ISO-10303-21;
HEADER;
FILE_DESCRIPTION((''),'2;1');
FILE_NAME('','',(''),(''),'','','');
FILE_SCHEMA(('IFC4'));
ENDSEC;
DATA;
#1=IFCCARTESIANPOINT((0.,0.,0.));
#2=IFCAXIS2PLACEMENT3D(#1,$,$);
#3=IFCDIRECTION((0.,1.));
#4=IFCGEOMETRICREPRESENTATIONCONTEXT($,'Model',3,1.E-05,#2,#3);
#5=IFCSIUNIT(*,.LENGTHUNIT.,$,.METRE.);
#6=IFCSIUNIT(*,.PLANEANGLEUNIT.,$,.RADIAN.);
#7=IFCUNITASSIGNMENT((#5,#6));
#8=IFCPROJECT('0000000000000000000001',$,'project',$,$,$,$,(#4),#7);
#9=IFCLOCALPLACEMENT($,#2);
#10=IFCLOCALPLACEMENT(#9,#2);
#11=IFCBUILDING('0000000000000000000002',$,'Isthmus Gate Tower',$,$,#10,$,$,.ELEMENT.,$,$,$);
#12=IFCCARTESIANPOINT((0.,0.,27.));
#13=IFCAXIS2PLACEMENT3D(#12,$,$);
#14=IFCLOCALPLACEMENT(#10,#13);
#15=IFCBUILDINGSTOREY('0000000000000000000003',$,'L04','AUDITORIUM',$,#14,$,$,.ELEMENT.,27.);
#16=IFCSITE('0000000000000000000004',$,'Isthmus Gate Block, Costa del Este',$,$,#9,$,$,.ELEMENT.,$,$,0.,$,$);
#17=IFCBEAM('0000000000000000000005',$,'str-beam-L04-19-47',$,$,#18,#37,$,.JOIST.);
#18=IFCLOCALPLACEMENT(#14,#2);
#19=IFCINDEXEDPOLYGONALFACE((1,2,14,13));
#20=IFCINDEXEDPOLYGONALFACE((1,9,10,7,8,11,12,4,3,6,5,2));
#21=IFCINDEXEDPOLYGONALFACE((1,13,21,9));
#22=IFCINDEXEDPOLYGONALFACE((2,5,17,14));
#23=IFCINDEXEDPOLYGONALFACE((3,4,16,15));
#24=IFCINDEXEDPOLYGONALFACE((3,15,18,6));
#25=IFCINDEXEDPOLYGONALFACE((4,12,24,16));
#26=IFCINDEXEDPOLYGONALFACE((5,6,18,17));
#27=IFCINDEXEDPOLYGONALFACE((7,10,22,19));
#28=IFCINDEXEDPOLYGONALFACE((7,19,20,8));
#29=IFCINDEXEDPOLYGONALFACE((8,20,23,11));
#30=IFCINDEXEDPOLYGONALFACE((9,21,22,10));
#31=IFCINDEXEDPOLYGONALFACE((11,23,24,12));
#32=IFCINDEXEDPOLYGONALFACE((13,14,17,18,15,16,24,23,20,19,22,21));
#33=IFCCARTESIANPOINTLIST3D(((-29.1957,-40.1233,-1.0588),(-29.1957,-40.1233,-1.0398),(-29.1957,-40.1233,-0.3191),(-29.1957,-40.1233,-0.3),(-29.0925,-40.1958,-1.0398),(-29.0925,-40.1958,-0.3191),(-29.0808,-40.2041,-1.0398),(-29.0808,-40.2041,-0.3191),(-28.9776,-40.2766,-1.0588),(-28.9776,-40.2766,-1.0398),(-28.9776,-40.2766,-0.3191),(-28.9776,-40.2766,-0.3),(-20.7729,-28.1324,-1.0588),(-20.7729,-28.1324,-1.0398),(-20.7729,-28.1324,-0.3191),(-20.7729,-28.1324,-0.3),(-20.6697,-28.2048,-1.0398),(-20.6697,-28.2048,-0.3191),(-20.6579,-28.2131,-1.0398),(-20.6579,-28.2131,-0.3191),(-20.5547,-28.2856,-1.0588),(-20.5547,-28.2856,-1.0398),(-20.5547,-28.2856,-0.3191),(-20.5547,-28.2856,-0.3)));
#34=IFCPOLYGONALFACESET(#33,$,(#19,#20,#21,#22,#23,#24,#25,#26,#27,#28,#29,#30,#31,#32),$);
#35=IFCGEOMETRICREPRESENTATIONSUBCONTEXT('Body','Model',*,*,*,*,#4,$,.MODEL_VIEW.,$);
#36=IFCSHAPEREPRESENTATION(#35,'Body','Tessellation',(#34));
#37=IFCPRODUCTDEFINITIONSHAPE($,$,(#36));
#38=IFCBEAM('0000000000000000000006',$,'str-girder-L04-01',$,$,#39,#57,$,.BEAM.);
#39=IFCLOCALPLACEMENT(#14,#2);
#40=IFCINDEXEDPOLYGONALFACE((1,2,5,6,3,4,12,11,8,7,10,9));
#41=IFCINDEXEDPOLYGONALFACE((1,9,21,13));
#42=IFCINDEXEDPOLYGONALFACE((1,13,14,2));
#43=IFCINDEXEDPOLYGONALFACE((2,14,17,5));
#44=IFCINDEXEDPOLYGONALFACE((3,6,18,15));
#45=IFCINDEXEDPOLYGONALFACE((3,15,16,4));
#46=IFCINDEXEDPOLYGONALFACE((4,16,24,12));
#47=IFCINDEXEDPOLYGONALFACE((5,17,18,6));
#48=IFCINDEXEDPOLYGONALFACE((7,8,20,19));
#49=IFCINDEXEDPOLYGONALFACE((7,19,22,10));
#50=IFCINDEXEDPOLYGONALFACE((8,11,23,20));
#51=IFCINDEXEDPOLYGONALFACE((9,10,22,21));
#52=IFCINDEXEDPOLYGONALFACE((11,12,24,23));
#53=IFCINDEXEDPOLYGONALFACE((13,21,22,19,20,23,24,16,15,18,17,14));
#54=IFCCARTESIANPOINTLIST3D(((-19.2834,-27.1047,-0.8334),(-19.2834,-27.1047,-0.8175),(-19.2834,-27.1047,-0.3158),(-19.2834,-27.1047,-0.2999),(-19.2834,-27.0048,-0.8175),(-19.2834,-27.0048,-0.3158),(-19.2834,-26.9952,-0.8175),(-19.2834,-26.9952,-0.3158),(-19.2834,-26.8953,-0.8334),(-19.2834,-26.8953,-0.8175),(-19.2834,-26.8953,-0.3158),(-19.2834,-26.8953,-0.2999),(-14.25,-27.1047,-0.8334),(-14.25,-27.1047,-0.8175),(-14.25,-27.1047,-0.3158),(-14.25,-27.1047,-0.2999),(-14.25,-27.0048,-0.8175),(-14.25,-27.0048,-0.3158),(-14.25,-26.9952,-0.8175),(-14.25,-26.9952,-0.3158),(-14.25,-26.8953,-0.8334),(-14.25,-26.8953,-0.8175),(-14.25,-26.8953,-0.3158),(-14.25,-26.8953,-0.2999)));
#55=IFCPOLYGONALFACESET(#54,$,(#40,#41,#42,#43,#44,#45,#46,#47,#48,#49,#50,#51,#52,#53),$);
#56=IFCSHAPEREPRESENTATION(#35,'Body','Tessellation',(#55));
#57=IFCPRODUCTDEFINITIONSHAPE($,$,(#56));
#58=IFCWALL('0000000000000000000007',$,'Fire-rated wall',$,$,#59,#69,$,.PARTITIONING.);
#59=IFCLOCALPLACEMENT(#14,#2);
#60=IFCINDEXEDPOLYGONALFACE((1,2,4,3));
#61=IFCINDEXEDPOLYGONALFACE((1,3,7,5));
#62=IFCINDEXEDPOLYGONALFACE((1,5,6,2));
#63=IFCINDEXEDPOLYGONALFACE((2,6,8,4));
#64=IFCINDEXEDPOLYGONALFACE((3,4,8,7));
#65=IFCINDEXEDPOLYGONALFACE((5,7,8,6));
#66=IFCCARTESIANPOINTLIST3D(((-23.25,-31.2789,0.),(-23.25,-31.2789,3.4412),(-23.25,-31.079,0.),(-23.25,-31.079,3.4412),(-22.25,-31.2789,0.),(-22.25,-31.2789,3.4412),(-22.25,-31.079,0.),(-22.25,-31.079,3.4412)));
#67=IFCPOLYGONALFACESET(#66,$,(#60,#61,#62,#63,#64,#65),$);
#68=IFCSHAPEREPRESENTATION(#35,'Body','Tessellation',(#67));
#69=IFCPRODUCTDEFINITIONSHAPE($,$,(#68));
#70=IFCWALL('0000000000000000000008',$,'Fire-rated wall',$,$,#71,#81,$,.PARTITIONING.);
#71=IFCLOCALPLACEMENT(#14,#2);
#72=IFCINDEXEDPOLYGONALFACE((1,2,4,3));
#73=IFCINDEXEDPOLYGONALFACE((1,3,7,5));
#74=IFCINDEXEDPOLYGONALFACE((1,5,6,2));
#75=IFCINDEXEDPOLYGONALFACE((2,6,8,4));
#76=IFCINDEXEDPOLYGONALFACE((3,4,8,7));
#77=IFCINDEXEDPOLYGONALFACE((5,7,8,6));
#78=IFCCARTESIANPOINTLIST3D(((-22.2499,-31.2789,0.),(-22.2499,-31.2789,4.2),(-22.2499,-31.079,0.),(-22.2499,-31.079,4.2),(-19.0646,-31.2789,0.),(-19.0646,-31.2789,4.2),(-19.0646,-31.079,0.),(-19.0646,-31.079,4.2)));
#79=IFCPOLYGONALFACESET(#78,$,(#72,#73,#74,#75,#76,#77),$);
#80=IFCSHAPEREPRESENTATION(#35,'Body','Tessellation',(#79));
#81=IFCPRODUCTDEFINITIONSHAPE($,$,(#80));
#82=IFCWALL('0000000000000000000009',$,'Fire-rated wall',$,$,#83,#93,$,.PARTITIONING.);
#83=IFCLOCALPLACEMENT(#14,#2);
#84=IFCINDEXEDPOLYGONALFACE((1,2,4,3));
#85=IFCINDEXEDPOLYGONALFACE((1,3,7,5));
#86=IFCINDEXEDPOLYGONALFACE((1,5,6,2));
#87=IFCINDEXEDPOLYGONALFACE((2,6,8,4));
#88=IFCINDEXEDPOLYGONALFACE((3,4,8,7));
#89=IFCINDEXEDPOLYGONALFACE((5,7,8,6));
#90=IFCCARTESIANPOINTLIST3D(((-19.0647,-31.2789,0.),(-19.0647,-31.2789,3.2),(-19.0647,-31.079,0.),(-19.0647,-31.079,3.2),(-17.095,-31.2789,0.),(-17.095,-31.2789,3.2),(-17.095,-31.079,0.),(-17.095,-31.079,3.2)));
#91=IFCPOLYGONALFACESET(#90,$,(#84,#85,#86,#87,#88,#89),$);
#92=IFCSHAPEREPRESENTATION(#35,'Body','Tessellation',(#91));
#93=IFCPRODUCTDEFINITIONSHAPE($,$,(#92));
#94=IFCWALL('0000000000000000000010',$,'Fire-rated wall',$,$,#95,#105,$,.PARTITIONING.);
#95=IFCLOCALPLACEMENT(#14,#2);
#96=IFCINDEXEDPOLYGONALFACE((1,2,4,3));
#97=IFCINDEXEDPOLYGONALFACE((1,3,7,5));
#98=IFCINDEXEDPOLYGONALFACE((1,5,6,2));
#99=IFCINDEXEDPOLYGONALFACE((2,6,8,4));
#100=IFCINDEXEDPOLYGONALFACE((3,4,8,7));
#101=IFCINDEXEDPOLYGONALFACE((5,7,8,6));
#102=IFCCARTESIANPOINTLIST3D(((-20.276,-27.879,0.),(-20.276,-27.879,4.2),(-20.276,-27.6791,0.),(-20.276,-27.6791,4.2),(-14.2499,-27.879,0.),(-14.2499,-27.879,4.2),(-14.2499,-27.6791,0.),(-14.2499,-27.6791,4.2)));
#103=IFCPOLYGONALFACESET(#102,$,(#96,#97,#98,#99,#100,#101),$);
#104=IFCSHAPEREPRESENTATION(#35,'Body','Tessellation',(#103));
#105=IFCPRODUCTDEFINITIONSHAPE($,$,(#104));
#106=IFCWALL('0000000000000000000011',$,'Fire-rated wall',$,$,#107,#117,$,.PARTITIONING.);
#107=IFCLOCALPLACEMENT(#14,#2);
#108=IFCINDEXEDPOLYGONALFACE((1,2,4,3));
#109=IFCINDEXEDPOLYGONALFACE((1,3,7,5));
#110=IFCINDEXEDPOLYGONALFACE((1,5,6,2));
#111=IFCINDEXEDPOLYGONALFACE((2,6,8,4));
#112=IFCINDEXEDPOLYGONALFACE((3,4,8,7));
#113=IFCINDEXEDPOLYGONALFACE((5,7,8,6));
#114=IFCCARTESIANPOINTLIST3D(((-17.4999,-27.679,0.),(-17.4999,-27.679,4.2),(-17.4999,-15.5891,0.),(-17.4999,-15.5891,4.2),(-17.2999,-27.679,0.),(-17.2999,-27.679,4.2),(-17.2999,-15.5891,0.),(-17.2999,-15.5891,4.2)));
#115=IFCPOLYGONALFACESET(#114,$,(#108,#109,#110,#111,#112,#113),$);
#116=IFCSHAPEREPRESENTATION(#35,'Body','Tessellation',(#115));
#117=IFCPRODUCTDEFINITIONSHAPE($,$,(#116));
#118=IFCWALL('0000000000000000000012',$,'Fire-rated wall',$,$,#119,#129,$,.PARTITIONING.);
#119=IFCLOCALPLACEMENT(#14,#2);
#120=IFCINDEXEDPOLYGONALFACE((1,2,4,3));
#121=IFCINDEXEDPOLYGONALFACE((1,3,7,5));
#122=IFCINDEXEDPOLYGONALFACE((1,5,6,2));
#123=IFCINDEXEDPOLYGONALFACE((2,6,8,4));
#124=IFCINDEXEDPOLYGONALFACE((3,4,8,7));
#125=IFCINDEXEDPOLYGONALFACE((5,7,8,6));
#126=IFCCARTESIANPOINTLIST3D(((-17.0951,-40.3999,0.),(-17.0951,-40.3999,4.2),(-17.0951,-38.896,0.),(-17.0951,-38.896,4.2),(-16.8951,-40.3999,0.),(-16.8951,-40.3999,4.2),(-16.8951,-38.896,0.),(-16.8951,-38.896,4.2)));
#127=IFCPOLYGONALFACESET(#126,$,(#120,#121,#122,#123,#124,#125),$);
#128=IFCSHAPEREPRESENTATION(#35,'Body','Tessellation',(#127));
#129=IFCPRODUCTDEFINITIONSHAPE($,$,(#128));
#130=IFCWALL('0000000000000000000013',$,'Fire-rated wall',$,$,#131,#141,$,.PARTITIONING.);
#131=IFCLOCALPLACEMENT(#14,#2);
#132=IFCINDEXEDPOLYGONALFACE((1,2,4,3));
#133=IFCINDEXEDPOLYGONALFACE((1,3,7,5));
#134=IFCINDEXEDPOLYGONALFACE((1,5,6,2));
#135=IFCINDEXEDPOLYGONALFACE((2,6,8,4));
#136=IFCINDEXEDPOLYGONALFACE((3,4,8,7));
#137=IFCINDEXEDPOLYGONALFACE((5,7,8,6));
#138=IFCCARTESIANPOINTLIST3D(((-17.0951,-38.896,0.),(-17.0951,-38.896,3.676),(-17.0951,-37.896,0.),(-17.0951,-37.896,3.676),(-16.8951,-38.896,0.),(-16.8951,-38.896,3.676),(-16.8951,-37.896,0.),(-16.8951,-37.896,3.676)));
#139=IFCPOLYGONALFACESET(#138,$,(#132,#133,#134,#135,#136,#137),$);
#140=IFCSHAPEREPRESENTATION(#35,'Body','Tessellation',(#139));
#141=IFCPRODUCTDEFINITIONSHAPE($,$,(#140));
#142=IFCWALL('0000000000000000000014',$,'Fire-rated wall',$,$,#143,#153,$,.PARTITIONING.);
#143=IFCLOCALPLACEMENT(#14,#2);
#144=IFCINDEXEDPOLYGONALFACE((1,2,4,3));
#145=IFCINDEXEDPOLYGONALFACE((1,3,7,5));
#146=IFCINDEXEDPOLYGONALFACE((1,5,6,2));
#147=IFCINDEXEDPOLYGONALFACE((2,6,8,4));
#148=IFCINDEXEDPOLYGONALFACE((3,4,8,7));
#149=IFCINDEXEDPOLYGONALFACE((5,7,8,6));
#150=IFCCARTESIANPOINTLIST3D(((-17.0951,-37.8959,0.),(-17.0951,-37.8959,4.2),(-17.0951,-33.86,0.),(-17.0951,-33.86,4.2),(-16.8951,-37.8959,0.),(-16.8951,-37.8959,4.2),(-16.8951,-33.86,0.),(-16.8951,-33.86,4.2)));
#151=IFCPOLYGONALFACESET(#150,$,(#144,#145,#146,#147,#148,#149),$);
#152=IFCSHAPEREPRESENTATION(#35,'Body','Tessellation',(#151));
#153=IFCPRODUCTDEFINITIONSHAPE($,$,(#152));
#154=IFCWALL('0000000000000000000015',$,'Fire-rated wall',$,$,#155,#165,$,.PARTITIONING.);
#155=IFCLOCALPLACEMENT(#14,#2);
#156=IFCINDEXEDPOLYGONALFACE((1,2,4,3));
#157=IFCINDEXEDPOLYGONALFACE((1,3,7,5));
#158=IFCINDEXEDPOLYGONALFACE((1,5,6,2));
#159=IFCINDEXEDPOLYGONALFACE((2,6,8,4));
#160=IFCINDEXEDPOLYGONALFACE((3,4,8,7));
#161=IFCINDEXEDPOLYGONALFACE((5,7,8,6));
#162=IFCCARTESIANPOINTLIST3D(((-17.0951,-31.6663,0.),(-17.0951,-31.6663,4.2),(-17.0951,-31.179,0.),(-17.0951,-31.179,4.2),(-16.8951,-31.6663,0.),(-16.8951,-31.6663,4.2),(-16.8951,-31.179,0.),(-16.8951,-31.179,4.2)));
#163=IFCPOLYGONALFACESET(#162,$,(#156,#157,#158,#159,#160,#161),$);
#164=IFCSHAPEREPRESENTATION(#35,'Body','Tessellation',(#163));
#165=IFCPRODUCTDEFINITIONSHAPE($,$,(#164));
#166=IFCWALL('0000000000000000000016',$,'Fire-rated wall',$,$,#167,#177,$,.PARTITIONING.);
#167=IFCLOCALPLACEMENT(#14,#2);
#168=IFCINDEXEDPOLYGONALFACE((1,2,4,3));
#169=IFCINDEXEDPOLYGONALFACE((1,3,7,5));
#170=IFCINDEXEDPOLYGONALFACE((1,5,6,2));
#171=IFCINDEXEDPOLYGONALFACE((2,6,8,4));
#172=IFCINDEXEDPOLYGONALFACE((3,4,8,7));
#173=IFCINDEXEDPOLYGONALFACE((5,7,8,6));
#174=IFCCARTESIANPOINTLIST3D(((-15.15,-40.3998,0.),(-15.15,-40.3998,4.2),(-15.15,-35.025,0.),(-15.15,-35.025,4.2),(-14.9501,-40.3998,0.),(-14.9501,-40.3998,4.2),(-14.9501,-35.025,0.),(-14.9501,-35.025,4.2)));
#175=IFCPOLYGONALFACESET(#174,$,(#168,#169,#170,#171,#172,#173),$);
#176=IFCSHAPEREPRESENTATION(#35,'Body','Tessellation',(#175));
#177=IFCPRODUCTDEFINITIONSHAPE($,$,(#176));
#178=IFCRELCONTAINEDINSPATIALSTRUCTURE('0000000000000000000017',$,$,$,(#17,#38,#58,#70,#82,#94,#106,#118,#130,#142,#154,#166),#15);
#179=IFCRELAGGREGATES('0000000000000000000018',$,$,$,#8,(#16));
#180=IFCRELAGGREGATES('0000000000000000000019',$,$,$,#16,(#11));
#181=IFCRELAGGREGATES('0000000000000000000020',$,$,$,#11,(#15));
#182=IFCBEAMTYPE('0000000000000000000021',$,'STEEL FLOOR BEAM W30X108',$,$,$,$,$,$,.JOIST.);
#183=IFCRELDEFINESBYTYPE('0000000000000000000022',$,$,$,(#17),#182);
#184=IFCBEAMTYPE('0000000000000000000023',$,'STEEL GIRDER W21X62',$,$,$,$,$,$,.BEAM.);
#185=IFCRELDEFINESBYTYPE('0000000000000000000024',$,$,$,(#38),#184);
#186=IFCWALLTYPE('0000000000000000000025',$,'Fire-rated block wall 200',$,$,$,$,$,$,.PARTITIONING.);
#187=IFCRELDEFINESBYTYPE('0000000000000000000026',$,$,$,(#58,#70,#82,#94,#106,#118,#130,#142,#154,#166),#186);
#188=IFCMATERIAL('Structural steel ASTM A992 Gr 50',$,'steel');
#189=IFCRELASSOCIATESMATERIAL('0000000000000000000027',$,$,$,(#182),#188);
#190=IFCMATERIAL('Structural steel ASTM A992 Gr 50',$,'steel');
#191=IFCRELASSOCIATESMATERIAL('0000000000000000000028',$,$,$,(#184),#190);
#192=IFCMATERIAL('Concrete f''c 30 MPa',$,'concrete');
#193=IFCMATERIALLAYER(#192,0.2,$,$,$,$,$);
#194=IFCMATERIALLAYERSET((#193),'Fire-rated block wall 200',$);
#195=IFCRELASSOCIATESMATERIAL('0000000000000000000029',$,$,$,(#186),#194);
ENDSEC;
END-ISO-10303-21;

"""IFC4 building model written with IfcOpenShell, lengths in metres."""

from ifc_helpers import new_model, si_unit, direction, frame, frame_2d, origin, origin_2d, place, context, subcontext, project, spatial, rectangle, i_section, extrude, material, layer, layer_set, material_profile, profile_set, type_object, element, save


model = new_model("IFC4")

# Units and contexts
model_context = context("Model", 3, precision=1e-05, world=origin(), true_north=direction((0.0, 1.0)))
body_context = subcontext(model_context, "Body", "Model", "MODEL_VIEW")
ifc_project = project(units=[si_unit("LENGTHUNIT", "METRE"), si_unit("PLANEANGLEUNIT", "RADIAN")], contexts=[model_context])

# Site, building, storey
site_placement = place(None, origin())
site = spatial("IfcSite", under=ifc_project, at=site_placement, Name="Isthmus Gate Block, Costa del Este", CompositionType="ELEMENT", RefElevation=0.0)
building_placement = place(site_placement, origin())
building = spatial("IfcBuilding", under=site, at=building_placement, Name="Isthmus Gate Tower", CompositionType="ELEMENT")
storey_placement = place(building_placement, frame((0.0, 0.0, 27.0)))
storey = spatial("IfcBuildingStorey", under=building, at=storey_placement, Name="L04", Description="AUDITORIUM", CompositionType="ELEMENT", Elevation=27.0)

# Beams
ifc_material_1 = material(Name="Structural steel ASTM A992 Gr 50", Category="steel")
ifc_material_profile_1 = material_profile(ifc_material_1, i_section(OverallWidth=0.2666, OverallDepth=0.7588, WebThickness=0.0144, FlangeThickness=0.019, at=origin_2d()), Name="W30X108")
ifc_profile_set_1 = profile_set([ifc_material_profile_1], Name="Structural steel ASTM A992 Gr 50")
beam_type_1 = type_object("IfcBeamType", Name="STEEL FLOOR BEAM W30X108", PredefinedType="JOIST", material=ifc_profile_set_1)
beam_1_placement = place(storey_placement, frame((-20.6638, -28.209, -0.6794), z_axis=(-0.574798, -0.818295, 0.0), x_axis=(0.818295, -0.574798, 0.0)))
element("IfcBeam", 1, at=beam_1_placement, inside=storey, type_object=beam_type_1, Name="str-beam-L04-19-47", PredefinedType="JOIST", context=body_context, shape_type="SweptSolid", body=[
    extrude(i_section(OverallWidth=0.2666, OverallDepth=0.7588, WebThickness=0.0144, FlangeThickness=0.019, at=origin_2d()), origin(), (0.0, 0.0, 1.0), 14.6536),
])
ifc_material_2 = material(Name="Structural steel ASTM A992 Gr 50", Category="steel")
ifc_material_profile_2 = material_profile(ifc_material_2, i_section(OverallWidth=0.2095, OverallDepth=0.5334, WebThickness=0.0095, FlangeThickness=0.0159, at=origin_2d()), Name="W21X62")
ifc_profile_set_2 = profile_set([ifc_material_profile_2], Name="Structural steel ASTM A992 Gr 50")
beam_type_2 = type_object("IfcBeamType", Name="STEEL GIRDER W21X62", PredefinedType="BEAM", material=ifc_profile_set_2)
beam_2_placement = place(storey_placement, frame((-19.2834, -27.0, -0.5667), z_axis=(1.0, 0.0, 0.0), x_axis=(0.0, 1.0, 0.0)))
element("IfcBeam", 2, at=beam_2_placement, inside=storey, type_object=beam_type_2, Name="str-girder-L04-01", PredefinedType="BEAM", context=body_context, shape_type="SweptSolid", body=[
    extrude(i_section(OverallWidth=0.2095, OverallDepth=0.5334, WebThickness=0.0095, FlangeThickness=0.0159, at=origin_2d()), origin(), (0.0, 0.0, 1.0), 5.0334),
])

# Walls
ifc_material_3 = material(Name="Concrete f'c 30 MPa", Category="concrete")
ifc_layer_1 = layer(ifc_material_3, 0.2)
ifc_layer_set_1 = layer_set([ifc_layer_1], Name="Fire-rated block wall 200")
wall_type_1 = type_object("IfcWallType", Name="Fire-rated block wall 200", PredefinedType="PARTITIONING", material=ifc_layer_set_1)
wall_1_placement = place(storey_placement, frame((-23.25, -31.179, 0.0), z_axis=(0.0, 0.0, 1.0), x_axis=(1.0, 0.0, 0.0)))
element("IfcWall", 3, at=wall_1_placement, inside=storey, type_object=wall_type_1, Name="Fire-rated wall", PredefinedType="PARTITIONING", context=body_context, shape_type="SweptSolid", body=[
    extrude(rectangle(XDim=1.0, YDim=0.2, at=frame_2d((0.5, 0.0))), origin(), (0.0, 0.0, 1.0), 3.4412),
])
wall_2_placement = place(storey_placement, frame((-22.25, -31.179, 0.0), z_axis=(0.0, 0.0, 1.0), x_axis=(1.0, 0.0, 0.0)))
element("IfcWall", 4, at=wall_2_placement, inside=storey, type_object=wall_type_1, Name="Fire-rated wall", PredefinedType="PARTITIONING", context=body_context, shape_type="SweptSolid", body=[
    extrude(rectangle(XDim=3.1853, YDim=0.2, at=frame_2d((1.5928, 0.0))), origin(), (0.0, 0.0, 1.0), 4.2),
])
wall_3_placement = place(storey_placement, frame((-19.0647, -31.179, 0.0), z_axis=(0.0, 0.0, 1.0), x_axis=(1.0, 0.0, 0.0)))
element("IfcWall", 5, at=wall_3_placement, inside=storey, type_object=wall_type_1, Name="Fire-rated wall", PredefinedType="PARTITIONING", context=body_context, shape_type="SweptSolid", body=[
    extrude(rectangle(XDim=1.9697, YDim=0.2, at=frame_2d((0.9849, 0.0))), origin(), (0.0, 0.0, 1.0), 3.2),
])
wall_4_placement = place(storey_placement, frame((-20.2761, -27.7791, 0.0), z_axis=(0.0, 0.0, 1.0), x_axis=(1.0, 0.0, 0.0)))
element("IfcWall", 6, at=wall_4_placement, inside=storey, type_object=wall_type_1, Name="Fire-rated wall", PredefinedType="PARTITIONING", context=body_context, shape_type="SweptSolid", body=[
    extrude(rectangle(XDim=6.0261, YDim=0.2, at=frame_2d((3.0132, 0.0))), origin(), (0.0, 0.0, 1.0), 4.2),
])
wall_5_placement = place(storey_placement, frame((-17.3999, -27.679, 0.0), z_axis=(0.0, 0.0, 1.0), x_axis=(0.0, 1.0, 0.0)))
element("IfcWall", 7, at=wall_5_placement, inside=storey, type_object=wall_type_1, Name="Fire-rated wall", PredefinedType="PARTITIONING", context=body_context, shape_type="SweptSolid", body=[
    extrude(rectangle(XDim=12.0898, YDim=0.2, at=frame_2d((6.0449, 0.0))), origin(), (0.0, 0.0, 1.0), 4.2),
])
wall_6_placement = place(storey_placement, frame((-16.9951, -40.3999, 0.0), z_axis=(0.0, 0.0, 1.0), x_axis=(0.0, 1.0, 0.0)))
element("IfcWall", 8, at=wall_6_placement, inside=storey, type_object=wall_type_1, Name="Fire-rated wall", PredefinedType="PARTITIONING", context=body_context, shape_type="SweptSolid", body=[
    extrude(rectangle(XDim=1.5039, YDim=0.2, at=frame_2d((0.752, 0.0))), origin(), (0.0, 0.0, 1.0), 4.2),
])
wall_7_placement = place(storey_placement, frame((-16.9951, -38.896, 0.0), z_axis=(0.0, 0.0, 1.0), x_axis=(0.0, 1.0, 0.0)))
element("IfcWall", 9, at=wall_7_placement, inside=storey, type_object=wall_type_1, Name="Fire-rated wall", PredefinedType="PARTITIONING", context=body_context, shape_type="SweptSolid", body=[
    extrude(rectangle(XDim=1.0, YDim=0.2, at=frame_2d((0.5, 0.0))), origin(), (0.0, 0.0, 1.0), 3.676),
])
wall_8_placement = place(storey_placement, frame((-16.9951, -37.896, 0.0), z_axis=(0.0, 0.0, 1.0), x_axis=(0.0, 1.0, 0.0)))
element("IfcWall", 10, at=wall_8_placement, inside=storey, type_object=wall_type_1, Name="Fire-rated wall", PredefinedType="PARTITIONING", context=body_context, shape_type="SweptSolid", body=[
    extrude(rectangle(XDim=4.0359, YDim=0.2, at=frame_2d((2.0181, 0.0))), origin(), (0.0, 0.0, 1.0), 4.2),
])
wall_9_placement = place(storey_placement, frame((-16.9951, -31.6663, 0.0), z_axis=(0.0, 0.0, 1.0), x_axis=(0.0, 1.0, 0.0)))
element("IfcWall", 11, at=wall_9_placement, inside=storey, type_object=wall_type_1, Name="Fire-rated wall", PredefinedType="PARTITIONING", context=body_context, shape_type="SweptSolid", body=[
    extrude(rectangle(XDim=0.4873, YDim=0.2, at=frame_2d((0.2437, 0.0))), origin(), (0.0, 0.0, 1.0), 4.2),
])
wall_10_placement = place(storey_placement, frame((-15.05, -40.3999, 0.0), z_axis=(0.0, 0.0, 1.0), x_axis=(0.0, 1.0, 0.0)))
element("IfcWall", 12, at=wall_10_placement, inside=storey, type_object=wall_type_1, Name="Fire-rated wall", PredefinedType="PARTITIONING", context=body_context, shape_type="SweptSolid", body=[
    extrude(rectangle(XDim=5.3748, YDim=0.2, at=frame_2d((2.6875, 0.0))), origin(), (0.0, 0.0, 1.0), 4.2),
])

save(model, "model.ifc")
